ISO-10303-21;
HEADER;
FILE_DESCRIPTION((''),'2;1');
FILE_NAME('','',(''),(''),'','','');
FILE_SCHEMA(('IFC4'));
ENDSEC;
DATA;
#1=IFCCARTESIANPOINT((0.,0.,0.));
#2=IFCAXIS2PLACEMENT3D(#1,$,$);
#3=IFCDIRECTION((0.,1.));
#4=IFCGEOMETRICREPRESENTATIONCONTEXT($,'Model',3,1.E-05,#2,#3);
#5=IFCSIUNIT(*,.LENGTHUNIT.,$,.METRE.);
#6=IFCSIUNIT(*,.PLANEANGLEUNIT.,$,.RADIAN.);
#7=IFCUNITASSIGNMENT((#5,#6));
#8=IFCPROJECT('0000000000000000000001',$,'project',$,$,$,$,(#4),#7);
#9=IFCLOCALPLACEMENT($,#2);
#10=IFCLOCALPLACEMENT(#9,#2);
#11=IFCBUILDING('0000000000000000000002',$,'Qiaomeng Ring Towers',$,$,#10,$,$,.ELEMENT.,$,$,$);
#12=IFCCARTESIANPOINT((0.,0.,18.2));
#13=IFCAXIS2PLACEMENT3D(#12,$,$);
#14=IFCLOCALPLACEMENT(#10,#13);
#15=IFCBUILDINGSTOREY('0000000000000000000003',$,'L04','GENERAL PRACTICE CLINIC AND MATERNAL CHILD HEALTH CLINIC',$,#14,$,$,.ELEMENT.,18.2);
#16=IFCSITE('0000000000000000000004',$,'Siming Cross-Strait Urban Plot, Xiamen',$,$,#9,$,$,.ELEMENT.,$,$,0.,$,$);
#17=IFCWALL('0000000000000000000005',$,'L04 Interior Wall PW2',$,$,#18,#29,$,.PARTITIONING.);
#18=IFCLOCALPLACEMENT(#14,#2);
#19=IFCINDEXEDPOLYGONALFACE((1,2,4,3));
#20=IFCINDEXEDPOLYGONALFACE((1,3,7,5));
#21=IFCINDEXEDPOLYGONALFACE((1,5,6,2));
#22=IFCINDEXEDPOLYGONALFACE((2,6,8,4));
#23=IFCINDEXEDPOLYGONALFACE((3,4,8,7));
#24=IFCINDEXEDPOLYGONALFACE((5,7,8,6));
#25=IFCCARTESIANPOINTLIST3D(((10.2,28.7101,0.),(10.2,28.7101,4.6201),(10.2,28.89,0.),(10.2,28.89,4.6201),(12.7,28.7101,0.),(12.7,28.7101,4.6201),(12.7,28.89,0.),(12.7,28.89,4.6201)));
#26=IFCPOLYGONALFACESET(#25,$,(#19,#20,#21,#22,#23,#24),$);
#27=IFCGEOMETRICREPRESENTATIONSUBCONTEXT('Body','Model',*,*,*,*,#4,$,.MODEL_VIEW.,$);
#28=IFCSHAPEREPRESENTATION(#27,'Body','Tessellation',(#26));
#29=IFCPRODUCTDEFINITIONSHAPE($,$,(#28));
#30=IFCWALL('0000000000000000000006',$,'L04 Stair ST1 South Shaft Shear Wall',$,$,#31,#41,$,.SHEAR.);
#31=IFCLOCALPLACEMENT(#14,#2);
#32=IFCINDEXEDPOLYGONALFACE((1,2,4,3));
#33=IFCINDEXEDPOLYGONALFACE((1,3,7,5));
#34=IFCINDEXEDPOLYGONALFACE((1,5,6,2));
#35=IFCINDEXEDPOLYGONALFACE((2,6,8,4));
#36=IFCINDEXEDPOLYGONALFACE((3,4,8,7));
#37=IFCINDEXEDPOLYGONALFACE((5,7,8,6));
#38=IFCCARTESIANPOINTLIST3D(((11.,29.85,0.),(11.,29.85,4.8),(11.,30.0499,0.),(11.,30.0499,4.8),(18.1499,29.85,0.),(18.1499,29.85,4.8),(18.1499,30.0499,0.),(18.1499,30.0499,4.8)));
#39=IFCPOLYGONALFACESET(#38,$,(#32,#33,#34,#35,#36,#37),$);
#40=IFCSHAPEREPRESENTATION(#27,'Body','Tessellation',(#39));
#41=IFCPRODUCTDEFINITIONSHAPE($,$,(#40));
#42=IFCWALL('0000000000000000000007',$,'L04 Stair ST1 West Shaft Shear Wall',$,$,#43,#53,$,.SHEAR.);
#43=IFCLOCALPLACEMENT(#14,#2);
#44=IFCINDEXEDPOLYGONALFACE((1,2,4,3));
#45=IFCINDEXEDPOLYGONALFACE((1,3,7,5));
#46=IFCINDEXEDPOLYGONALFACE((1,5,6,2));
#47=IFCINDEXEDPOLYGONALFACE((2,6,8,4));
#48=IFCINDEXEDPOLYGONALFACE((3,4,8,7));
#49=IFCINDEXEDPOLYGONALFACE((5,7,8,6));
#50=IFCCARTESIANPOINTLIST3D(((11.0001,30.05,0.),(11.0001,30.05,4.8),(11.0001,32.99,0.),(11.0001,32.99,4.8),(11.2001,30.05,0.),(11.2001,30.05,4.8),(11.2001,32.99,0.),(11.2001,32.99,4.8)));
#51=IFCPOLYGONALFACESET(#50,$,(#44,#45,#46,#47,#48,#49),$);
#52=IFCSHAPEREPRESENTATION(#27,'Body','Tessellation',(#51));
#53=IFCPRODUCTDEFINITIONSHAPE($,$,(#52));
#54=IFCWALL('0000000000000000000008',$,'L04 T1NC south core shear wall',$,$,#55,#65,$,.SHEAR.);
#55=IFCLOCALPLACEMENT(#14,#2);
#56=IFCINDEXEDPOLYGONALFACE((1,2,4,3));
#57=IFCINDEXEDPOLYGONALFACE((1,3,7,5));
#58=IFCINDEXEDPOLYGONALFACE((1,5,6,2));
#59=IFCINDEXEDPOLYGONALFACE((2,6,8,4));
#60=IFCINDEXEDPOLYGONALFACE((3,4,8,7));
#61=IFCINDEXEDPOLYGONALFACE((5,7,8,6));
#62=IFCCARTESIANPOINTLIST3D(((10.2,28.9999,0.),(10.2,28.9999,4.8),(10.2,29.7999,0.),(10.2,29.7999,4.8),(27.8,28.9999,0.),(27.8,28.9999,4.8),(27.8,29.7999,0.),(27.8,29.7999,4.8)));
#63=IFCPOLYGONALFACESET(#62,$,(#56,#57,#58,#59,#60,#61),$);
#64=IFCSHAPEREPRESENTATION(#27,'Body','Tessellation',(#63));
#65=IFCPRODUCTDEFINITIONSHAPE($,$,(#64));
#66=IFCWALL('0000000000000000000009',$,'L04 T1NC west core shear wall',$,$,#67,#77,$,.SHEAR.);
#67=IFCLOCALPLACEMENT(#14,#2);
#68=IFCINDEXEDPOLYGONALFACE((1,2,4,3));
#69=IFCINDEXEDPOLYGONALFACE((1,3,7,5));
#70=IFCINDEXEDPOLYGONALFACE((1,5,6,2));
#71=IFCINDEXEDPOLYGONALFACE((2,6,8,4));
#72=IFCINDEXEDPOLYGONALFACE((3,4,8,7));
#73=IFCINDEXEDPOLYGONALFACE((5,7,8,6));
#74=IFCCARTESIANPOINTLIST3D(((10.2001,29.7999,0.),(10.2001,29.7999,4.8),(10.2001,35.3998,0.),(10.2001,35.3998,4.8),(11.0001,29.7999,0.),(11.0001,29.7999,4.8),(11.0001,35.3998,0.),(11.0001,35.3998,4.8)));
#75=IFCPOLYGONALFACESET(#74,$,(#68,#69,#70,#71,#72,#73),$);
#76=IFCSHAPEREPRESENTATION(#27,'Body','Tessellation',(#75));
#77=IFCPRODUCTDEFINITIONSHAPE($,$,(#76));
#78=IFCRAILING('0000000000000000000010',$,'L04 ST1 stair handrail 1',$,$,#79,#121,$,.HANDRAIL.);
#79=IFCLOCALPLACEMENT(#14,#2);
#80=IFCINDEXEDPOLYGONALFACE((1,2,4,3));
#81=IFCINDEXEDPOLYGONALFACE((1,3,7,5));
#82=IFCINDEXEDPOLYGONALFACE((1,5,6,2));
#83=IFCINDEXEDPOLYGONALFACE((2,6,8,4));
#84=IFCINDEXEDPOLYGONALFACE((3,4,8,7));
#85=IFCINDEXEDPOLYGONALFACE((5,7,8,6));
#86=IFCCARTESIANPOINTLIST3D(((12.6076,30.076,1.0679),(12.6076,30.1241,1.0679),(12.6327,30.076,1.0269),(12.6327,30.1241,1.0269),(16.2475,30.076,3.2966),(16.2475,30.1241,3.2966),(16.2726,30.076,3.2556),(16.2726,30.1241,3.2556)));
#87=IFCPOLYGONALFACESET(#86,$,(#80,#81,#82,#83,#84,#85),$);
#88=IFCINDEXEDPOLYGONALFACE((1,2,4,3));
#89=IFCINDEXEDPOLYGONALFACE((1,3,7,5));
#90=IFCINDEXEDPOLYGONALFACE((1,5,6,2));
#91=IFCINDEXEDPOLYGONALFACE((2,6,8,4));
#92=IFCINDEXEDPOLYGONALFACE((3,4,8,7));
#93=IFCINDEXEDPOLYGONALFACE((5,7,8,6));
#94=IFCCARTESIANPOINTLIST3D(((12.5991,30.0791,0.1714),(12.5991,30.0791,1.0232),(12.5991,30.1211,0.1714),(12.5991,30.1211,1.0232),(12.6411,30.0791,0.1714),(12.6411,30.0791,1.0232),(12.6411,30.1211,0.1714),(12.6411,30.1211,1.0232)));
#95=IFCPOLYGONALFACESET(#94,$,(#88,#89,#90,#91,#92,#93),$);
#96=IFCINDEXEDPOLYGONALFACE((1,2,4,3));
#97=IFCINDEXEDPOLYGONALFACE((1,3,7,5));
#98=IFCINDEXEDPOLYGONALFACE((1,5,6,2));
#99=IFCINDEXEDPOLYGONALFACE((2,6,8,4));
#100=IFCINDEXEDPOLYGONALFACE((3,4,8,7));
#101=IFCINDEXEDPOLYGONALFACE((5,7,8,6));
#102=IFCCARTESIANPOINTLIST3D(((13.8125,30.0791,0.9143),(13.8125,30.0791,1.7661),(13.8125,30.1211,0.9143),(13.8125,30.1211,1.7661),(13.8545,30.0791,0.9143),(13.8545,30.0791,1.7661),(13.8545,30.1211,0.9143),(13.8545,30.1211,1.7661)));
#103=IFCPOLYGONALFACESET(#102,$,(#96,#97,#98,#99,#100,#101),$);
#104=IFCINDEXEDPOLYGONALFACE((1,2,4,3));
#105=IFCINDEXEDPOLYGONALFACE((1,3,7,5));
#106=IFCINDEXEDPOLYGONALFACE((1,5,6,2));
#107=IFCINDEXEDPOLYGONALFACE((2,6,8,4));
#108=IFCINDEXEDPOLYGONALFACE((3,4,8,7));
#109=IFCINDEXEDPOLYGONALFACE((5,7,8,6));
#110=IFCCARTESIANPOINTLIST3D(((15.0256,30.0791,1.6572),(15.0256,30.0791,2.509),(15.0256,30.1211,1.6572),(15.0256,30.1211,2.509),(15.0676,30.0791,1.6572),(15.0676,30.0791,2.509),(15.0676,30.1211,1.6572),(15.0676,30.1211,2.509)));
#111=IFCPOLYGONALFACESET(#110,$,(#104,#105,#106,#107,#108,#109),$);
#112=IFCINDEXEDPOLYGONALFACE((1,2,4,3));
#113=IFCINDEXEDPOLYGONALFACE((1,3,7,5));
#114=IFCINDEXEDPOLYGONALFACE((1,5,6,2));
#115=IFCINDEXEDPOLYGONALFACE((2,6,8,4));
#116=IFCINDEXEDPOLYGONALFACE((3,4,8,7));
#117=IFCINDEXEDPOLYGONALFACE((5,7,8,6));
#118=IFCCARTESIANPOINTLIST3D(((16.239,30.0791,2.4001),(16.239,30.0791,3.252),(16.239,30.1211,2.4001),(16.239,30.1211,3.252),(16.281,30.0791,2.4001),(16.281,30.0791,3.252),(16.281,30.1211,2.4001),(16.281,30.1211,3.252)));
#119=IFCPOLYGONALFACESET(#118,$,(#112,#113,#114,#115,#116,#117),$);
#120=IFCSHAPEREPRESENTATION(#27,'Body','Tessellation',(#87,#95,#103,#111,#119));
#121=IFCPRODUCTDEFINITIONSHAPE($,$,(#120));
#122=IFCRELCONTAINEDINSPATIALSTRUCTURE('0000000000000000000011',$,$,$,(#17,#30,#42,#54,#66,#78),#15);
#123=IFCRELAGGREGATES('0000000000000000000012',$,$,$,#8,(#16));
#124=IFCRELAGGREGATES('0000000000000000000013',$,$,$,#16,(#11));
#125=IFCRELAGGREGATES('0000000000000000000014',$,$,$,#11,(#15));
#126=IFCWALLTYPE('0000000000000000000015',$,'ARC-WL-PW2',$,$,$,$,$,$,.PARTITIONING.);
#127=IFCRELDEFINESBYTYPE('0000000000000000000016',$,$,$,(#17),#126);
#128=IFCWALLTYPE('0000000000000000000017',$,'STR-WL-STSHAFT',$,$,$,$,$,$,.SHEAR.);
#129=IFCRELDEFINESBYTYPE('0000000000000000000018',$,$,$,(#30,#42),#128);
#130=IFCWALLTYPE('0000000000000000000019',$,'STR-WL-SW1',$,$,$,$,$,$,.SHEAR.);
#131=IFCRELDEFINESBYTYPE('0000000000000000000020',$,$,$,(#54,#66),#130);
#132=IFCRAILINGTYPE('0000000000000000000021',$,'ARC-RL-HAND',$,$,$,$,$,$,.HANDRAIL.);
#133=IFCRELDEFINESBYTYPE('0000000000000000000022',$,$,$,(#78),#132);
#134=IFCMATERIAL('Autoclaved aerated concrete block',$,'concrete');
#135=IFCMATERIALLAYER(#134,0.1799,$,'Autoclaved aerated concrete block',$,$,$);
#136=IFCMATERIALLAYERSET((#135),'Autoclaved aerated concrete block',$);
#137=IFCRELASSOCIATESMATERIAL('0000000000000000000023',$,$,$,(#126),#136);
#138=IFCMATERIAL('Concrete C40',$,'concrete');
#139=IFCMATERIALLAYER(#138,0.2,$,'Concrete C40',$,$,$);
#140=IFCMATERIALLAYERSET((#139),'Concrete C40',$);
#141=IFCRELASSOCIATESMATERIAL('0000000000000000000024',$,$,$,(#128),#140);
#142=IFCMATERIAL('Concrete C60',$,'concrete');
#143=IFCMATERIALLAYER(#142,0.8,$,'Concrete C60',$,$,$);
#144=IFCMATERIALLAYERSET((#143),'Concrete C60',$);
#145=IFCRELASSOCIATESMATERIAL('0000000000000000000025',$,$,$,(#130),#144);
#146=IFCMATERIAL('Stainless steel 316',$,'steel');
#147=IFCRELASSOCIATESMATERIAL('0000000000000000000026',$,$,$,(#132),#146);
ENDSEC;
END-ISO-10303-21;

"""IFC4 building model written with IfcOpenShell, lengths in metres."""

from ifc_helpers import new_model, si_unit, direction, frame, frame_2d, origin, origin_2d, place, context, subcontext, project, spatial, rectangle, extrude, material, layer, layer_set, type_object, element, save


model = new_model("IFC4")

# Units and contexts
model_context = context("Model", 3, precision=1e-05, world=origin(), true_north=direction((0.0, 1.0)))
body_context = subcontext(model_context, "Body", "Model", "MODEL_VIEW")
ifc_project = project(units=[si_unit("LENGTHUNIT", "METRE"), si_unit("PLANEANGLEUNIT", "RADIAN")], contexts=[model_context])

# Site, building, storey
site_placement = place(None, origin())
site = spatial("IfcSite", under=ifc_project, at=site_placement, Name="Siming Cross-Strait Urban Plot, Xiamen", CompositionType="ELEMENT", RefElevation=0.0)
building_placement = place(site_placement, origin())
building = spatial("IfcBuilding", under=site, at=building_placement, Name="Qiaomeng Ring Towers", CompositionType="ELEMENT")
storey_placement = place(building_placement, frame((0.0, 0.0, 18.2)))
storey = spatial("IfcBuildingStorey", under=building, at=storey_placement, Name="L04", Description="GENERAL PRACTICE CLINIC AND MATERNAL CHILD HEALTH CLINIC", CompositionType="ELEMENT", Elevation=18.2)

# Shared definitions
ifc_material_1 = material(Name="Concrete C60", Category="concrete")

# Shared definitions
ifc_material_2 = material(Name="Autoclaved aerated concrete block", Category="concrete")
ifc_layer_1 = layer(ifc_material_2, 0.1799, Name="Autoclaved aerated concrete block")
ifc_layer_set_1 = layer_set([ifc_layer_1], Name="Autoclaved aerated concrete block")
wall_type_1 = type_object("IfcWallType", Name="ARC-WL-PW2", PredefinedType="PARTITIONING", material=ifc_layer_set_1)

# Walls
wall_1_placement = place(storey_placement, frame((10.2, 28.8, 0.0), z_axis=(0.0, 0.0, 1.0), x_axis=(1.0, 0.0, 0.0)))
element("IfcWall", 1, at=wall_1_placement, inside=storey, type_object=wall_type_1, Name="L04 Interior Wall PW2", PredefinedType="PARTITIONING", context=body_context, shape_type="SweptSolid", body=[
    extrude(rectangle(XDim=2.5, YDim=0.1799, at=frame_2d((1.25, 0.0))), origin(), (0.0, 0.0, 1.0), 4.6201),
])
ifc_material_3 = material(Name="Concrete C40", Category="concrete")
ifc_layer_2 = layer(ifc_material_3, 0.2, Name="Concrete C40")
ifc_layer_set_2 = layer_set([ifc_layer_2], Name="Concrete C40")
wall_type_2 = type_object("IfcWallType", Name="STR-WL-STSHAFT", PredefinedType="SHEAR", material=ifc_layer_set_2)
wall_2_placement = place(storey_placement, frame((11.0, 29.95, 0.0), z_axis=(0.0, 0.0, 1.0), x_axis=(1.0, 0.0, 0.0)))
element("IfcWall", 2, at=wall_2_placement, inside=storey, type_object=wall_type_2, Name="L04 Stair ST1 South Shaft Shear Wall", PredefinedType="SHEAR", context=body_context, shape_type="SweptSolid", body=[
    extrude(rectangle(XDim=7.1499, YDim=0.2, at=frame_2d((3.575, 0.0))), origin(), (0.0, 0.0, 1.0), 4.8),
])
wall_3_placement = place(storey_placement, frame((11.1001, 30.05, 0.0), z_axis=(0.0, 0.0, 1.0), x_axis=(0.0, 1.0, 0.0)))
element("IfcWall", 3, at=wall_3_placement, inside=storey, type_object=wall_type_2, Name="L04 Stair ST1 West Shaft Shear Wall", PredefinedType="SHEAR", context=body_context, shape_type="SweptSolid", body=[
    extrude(rectangle(XDim=2.9399, YDim=0.2, at=frame_2d((1.47, 0.0))), origin(), (0.0, 0.0, 1.0), 4.8),
])
ifc_layer_3 = layer(ifc_material_1, 0.8, Name="Concrete C60")
ifc_layer_set_3 = layer_set([ifc_layer_3], Name="Concrete C60")
wall_type_3 = type_object("IfcWallType", Name="STR-WL-SW1", PredefinedType="SHEAR", material=ifc_layer_set_3)
wall_4_placement = place(storey_placement, frame((10.2, 29.3999, 0.0), z_axis=(0.0, 0.0, 1.0), x_axis=(1.0, 0.0, 0.0)))
element("IfcWall", 4, at=wall_4_placement, inside=storey, type_object=wall_type_3, Name="L04 T1NC south core shear wall", PredefinedType="SHEAR", context=body_context, shape_type="SweptSolid", body=[
    extrude(rectangle(XDim=17.6001, YDim=0.8, at=frame_2d((8.8, 0.0))), origin(), (0.0, 0.0, 1.0), 4.8),
])
wall_5_placement = place(storey_placement, frame((10.6001, 29.8, 0.0), z_axis=(0.0, 0.0, 1.0), x_axis=(0.0, 1.0, 0.0)))
element("IfcWall", 5, at=wall_5_placement, inside=storey, type_object=wall_type_3, Name="L04 T1NC west core shear wall", PredefinedType="SHEAR", context=body_context, shape_type="SweptSolid", body=[
    extrude(rectangle(XDim=5.5999, YDim=0.8, at=frame_2d((2.7998, 0.0))), origin(), (0.0, 0.0, 1.0), 4.8),
])

# Railing
ifc_material_4 = material(Name="Stainless steel 316", Category="steel")
railing_type = type_object("IfcRailingType", Name="ARC-RL-HAND", PredefinedType="HANDRAIL", material=ifc_material_4)
railing_placement = place(storey_placement, frame((12.6201, 30.1001, 0.1714)))
element("IfcRailing", 6, at=railing_placement, inside=storey, type_object=railing_type, Name="L04 ST1 stair handrail 1", PredefinedType="HANDRAIL", context=body_context, shape_type="SweptSolid", body=[
    extrude(rectangle(XDim=0.0481, YDim=0.0481, at=origin_2d()), frame((0.0, 0.0, 0.876), z_axis=(0.852825, 0.0, 0.522197), x_axis=(0.0, 1.0, 0.0)), (0.0, 0.0, 1.0), 4.2681),
    extrude(rectangle(XDim=0.042, YDim=0.042, at=origin_2d()), origin(), (0.0, 0.0, 1.0), 0.8518),
    extrude(rectangle(XDim=0.042, YDim=0.042, at=origin_2d()), frame((1.2134, 0.0, 0.7429)), (0.0, 0.0, 1.0), 0.8518),
    extrude(rectangle(XDim=0.042, YDim=0.042, at=origin_2d()), frame((2.4265, 0.0, 1.4858)), (0.0, 0.0, 1.0), 0.8518),
    extrude(rectangle(XDim=0.042, YDim=0.042, at=origin_2d()), frame((3.6399, 0.0, 2.2288)), (0.0, 0.0, 1.0), 0.8518),
])

save(model, "model.ifc")
